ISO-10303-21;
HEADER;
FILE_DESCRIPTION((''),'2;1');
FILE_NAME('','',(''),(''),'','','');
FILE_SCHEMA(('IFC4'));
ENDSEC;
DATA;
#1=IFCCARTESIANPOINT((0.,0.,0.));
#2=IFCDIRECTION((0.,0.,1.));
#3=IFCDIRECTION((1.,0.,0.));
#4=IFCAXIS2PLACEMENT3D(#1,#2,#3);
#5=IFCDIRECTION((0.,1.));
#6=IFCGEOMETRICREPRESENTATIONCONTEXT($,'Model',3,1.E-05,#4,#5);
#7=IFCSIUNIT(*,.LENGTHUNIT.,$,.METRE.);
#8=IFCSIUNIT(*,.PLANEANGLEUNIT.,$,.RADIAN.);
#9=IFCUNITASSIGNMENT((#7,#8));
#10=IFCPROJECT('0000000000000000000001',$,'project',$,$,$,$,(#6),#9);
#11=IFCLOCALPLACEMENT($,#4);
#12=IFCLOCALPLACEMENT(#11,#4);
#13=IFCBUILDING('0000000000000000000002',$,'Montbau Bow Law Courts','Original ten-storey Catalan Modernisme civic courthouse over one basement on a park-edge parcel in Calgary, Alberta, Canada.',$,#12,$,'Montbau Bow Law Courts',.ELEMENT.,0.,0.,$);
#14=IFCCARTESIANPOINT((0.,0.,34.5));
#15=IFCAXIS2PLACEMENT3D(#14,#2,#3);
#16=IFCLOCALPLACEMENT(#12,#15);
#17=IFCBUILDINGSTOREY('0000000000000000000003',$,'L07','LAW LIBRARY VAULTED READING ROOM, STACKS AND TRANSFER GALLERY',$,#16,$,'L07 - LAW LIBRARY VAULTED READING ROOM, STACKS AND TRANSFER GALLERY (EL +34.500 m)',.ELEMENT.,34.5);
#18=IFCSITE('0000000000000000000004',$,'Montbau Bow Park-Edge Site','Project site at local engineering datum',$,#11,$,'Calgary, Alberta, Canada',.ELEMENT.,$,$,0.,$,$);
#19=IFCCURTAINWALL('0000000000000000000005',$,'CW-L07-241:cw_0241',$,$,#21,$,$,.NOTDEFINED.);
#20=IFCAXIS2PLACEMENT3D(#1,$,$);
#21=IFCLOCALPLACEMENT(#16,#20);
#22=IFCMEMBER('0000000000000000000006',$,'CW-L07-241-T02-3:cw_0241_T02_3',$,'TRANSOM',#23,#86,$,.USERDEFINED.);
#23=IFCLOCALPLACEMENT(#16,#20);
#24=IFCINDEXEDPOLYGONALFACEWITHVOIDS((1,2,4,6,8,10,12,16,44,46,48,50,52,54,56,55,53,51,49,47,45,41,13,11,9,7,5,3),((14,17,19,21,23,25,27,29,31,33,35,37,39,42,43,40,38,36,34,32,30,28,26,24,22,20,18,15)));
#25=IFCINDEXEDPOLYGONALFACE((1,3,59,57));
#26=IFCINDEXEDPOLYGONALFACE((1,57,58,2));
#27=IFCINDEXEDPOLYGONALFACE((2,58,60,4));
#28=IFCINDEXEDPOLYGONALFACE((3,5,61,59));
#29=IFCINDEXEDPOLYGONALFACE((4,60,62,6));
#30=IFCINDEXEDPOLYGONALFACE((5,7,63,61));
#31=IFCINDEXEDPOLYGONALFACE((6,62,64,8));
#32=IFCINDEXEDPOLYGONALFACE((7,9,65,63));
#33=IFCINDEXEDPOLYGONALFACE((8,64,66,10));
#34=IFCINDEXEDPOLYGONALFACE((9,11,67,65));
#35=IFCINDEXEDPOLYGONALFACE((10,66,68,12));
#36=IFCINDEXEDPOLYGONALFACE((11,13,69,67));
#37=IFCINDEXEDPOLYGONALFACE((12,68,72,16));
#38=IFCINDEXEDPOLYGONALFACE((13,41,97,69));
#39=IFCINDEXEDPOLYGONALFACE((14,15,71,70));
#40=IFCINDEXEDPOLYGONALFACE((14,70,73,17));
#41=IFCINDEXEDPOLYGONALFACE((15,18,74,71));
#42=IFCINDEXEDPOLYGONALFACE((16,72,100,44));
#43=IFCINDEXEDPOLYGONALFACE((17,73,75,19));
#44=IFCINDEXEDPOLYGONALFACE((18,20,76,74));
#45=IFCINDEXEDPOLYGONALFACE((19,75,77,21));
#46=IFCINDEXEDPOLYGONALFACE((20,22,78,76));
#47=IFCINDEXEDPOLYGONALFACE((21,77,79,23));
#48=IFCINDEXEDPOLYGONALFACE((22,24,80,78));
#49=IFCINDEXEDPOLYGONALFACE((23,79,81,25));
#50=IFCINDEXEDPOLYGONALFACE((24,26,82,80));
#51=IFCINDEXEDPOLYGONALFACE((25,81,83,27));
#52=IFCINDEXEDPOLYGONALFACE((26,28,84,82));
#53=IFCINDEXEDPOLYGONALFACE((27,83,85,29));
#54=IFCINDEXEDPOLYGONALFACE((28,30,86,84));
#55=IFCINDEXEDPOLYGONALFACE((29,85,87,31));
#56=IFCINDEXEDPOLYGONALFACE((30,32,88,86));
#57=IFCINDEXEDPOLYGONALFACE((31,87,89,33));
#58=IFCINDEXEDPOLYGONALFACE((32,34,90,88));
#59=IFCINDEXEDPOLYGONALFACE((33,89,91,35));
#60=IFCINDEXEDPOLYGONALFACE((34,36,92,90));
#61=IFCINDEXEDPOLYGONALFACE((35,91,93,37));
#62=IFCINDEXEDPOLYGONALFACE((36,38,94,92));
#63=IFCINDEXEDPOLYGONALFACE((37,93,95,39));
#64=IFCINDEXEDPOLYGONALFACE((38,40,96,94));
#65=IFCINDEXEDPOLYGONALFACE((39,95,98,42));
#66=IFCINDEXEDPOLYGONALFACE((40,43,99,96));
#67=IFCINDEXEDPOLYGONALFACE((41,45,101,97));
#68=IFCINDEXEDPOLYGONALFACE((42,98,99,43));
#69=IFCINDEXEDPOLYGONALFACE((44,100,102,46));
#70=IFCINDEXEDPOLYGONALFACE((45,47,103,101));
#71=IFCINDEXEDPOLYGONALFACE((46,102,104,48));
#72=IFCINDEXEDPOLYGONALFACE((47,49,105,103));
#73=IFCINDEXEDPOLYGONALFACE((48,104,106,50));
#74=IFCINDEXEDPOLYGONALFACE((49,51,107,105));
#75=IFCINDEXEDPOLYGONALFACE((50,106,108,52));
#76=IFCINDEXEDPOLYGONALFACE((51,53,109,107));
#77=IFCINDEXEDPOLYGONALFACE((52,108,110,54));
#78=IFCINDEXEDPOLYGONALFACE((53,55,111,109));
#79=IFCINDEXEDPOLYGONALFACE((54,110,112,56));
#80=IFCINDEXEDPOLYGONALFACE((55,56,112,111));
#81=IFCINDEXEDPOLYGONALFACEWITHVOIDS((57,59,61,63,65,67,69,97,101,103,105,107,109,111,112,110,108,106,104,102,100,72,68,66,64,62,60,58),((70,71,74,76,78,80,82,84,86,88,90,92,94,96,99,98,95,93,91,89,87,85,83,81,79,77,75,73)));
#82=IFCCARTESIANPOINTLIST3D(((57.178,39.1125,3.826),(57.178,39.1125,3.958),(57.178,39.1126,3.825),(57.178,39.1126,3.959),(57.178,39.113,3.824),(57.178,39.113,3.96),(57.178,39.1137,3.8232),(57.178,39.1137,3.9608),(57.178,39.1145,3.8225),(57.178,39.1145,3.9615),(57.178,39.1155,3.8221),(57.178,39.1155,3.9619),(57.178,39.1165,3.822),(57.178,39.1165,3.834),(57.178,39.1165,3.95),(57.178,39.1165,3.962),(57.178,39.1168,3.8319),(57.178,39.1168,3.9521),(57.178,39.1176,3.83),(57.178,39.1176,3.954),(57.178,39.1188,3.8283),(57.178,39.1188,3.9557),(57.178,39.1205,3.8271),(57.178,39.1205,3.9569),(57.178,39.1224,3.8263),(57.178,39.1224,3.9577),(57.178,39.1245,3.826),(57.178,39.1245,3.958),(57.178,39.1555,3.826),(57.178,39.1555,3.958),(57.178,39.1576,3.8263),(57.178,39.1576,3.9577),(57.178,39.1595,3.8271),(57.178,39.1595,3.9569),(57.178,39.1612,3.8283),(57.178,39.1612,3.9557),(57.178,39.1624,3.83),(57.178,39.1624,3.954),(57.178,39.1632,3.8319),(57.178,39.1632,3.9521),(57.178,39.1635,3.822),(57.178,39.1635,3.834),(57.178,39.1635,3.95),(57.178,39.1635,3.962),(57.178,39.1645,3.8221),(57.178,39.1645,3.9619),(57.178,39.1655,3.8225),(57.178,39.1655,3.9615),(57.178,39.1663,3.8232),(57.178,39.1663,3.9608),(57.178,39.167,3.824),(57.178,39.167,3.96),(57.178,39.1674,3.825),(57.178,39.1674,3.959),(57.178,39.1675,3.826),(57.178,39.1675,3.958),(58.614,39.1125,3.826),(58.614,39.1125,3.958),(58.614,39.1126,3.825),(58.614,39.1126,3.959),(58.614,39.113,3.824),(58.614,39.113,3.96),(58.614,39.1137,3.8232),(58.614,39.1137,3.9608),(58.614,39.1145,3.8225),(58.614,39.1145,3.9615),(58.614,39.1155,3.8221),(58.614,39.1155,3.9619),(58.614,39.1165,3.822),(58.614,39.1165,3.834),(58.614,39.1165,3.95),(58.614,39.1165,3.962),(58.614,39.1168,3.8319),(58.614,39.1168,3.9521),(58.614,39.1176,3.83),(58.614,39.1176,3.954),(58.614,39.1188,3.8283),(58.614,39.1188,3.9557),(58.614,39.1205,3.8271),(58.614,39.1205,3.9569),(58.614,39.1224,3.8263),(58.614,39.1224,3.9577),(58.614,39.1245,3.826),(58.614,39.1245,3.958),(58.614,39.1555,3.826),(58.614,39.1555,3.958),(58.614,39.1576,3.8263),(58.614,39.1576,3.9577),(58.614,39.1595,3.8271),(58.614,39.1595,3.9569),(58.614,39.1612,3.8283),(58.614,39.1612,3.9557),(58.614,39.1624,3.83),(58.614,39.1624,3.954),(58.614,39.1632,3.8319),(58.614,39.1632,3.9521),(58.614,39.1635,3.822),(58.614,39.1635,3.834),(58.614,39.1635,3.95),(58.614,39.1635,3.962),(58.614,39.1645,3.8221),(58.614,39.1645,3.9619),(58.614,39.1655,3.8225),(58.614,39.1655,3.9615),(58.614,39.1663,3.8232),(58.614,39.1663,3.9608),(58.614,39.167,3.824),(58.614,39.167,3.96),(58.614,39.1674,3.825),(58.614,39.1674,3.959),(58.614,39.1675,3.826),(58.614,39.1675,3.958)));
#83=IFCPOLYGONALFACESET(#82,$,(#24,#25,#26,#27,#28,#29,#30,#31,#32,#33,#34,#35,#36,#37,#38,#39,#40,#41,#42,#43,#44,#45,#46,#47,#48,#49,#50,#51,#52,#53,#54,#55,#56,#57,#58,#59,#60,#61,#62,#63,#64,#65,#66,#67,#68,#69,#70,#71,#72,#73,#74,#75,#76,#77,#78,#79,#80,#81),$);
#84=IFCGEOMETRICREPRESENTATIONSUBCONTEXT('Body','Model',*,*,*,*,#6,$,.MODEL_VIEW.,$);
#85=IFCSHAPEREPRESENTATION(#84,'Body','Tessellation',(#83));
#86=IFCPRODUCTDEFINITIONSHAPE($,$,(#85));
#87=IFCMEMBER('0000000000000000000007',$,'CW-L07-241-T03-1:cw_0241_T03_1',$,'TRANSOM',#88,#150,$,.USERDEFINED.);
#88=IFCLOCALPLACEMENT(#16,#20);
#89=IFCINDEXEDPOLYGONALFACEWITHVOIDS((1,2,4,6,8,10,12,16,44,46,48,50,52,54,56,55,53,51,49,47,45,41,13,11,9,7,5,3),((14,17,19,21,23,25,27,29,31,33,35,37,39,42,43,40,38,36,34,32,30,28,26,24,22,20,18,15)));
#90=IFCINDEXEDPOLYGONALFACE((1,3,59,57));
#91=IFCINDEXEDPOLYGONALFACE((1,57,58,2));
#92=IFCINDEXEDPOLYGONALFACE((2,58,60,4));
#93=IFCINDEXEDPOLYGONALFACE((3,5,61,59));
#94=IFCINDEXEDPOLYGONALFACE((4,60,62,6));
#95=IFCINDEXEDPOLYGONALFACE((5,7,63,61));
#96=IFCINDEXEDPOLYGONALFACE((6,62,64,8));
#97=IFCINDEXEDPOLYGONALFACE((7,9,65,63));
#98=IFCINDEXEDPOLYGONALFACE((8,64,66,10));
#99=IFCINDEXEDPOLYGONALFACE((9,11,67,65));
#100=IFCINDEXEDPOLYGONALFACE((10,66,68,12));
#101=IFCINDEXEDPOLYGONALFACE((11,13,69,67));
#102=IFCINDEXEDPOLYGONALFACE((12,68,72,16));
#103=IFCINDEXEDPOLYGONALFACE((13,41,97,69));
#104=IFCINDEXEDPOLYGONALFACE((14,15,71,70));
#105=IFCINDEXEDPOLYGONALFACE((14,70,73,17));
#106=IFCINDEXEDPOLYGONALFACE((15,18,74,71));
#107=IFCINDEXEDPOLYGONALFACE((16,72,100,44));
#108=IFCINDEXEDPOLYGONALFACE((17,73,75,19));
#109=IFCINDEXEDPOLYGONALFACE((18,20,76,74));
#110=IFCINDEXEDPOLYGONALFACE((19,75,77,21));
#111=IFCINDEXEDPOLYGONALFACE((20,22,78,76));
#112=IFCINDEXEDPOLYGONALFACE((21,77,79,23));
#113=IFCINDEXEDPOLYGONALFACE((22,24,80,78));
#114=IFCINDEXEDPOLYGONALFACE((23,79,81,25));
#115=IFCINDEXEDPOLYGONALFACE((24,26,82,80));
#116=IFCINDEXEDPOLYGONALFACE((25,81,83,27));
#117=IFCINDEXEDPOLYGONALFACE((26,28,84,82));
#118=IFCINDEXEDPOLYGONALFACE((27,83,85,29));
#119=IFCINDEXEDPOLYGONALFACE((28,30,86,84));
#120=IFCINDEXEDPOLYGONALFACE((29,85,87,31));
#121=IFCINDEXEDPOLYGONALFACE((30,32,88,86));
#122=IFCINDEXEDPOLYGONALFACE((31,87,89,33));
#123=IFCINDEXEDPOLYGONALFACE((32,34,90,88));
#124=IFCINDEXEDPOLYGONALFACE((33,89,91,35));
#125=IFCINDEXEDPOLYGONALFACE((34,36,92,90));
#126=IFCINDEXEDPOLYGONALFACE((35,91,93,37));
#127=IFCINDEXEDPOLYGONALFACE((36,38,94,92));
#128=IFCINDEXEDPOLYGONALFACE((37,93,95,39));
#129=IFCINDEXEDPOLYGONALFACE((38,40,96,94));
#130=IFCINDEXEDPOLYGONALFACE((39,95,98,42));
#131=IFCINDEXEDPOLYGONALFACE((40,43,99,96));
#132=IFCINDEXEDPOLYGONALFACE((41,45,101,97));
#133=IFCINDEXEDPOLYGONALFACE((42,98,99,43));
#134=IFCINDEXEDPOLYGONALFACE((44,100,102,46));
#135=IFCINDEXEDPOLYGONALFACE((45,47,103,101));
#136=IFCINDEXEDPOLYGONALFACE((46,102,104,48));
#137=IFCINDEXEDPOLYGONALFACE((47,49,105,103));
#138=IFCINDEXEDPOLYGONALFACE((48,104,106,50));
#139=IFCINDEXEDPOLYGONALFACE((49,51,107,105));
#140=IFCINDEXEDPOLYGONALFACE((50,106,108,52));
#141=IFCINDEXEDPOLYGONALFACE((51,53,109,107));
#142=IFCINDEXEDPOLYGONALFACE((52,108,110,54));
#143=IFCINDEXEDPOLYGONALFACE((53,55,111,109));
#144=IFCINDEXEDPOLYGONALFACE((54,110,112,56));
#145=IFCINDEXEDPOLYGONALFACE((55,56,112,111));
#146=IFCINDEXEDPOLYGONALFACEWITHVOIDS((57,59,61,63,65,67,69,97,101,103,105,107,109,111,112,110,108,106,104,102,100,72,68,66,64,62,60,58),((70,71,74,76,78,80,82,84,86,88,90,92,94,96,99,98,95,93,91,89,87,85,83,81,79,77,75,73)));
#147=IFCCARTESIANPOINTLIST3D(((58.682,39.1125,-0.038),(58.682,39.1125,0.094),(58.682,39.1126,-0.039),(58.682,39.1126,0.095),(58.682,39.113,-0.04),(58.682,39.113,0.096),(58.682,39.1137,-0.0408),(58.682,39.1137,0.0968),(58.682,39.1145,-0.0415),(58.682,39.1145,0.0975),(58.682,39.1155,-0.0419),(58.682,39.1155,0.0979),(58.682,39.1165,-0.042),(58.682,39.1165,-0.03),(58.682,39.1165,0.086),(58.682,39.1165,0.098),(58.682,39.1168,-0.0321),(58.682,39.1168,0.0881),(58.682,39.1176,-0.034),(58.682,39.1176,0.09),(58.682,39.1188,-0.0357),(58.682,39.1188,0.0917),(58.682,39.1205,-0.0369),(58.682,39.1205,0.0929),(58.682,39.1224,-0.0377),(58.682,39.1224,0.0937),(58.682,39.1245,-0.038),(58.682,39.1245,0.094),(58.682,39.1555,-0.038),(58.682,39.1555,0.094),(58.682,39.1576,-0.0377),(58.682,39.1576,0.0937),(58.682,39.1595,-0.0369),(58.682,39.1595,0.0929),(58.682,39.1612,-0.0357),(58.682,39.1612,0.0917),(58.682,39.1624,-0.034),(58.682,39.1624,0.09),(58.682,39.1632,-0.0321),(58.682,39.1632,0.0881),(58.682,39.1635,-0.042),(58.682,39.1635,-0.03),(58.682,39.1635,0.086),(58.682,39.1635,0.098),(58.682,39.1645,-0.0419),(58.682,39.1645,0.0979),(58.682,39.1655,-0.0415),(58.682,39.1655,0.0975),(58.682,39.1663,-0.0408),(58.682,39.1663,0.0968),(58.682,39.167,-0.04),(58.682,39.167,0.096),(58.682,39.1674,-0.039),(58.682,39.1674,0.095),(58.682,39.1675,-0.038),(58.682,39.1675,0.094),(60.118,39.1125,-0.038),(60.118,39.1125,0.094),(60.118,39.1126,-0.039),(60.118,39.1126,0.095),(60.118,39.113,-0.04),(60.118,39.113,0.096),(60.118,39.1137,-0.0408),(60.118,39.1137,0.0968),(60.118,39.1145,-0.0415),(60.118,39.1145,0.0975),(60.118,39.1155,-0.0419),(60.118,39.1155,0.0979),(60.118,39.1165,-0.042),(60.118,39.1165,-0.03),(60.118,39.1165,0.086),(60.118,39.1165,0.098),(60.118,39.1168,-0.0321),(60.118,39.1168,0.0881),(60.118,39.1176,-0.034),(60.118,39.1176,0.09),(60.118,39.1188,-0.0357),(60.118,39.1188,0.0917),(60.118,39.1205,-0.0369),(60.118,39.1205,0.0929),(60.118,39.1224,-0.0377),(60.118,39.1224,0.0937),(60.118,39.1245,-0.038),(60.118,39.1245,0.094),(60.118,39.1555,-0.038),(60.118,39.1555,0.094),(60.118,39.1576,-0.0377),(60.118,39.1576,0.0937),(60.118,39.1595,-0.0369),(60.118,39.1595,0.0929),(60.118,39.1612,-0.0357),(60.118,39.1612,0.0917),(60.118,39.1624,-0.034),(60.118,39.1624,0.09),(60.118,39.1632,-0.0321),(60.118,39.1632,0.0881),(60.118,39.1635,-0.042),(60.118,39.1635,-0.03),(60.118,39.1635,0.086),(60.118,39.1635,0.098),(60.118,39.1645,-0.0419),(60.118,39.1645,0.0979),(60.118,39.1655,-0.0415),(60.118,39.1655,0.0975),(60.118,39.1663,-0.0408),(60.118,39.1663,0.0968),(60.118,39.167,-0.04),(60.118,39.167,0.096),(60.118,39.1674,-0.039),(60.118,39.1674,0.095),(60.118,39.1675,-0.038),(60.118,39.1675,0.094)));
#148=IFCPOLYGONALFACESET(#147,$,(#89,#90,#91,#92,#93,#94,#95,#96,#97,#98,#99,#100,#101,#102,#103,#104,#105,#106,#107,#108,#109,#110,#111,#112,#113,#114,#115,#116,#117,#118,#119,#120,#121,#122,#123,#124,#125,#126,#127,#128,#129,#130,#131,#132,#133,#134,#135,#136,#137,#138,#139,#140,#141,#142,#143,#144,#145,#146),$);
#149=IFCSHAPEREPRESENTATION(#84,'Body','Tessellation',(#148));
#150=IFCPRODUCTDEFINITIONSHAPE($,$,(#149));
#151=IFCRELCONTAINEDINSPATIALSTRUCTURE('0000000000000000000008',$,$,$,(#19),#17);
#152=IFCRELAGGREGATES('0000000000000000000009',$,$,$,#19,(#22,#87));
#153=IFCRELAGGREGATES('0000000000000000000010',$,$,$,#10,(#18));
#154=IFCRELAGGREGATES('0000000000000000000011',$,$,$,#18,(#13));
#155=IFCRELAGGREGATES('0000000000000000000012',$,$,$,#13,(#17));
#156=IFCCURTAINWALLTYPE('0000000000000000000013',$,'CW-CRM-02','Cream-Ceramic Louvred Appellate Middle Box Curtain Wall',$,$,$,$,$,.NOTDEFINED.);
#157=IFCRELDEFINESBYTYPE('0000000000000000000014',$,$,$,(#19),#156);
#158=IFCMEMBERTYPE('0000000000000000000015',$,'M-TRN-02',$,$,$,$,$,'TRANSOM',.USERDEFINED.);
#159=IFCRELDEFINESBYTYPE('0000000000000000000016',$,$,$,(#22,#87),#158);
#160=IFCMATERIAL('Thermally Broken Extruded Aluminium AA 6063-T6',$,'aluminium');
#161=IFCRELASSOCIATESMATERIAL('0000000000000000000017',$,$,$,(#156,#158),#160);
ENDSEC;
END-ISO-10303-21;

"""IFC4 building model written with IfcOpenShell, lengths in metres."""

from ifc_helpers import new_model, si_unit, direction, frame, origin_with_axes, origin_2d_with_axis, place, context, subcontext, project, spatial, hollow_rectangle, extrude, material, material_profile, profile_set, type_object, element, aggregate, save


model = new_model("IFC4")

# Units and contexts
model_context = context("Model", 3, precision=1e-05, world=origin_with_axes(), true_north=direction((0.0, 1.0)))
body_context = subcontext(model_context, "Body", "Model", "MODEL_VIEW")
ifc_project = project(units=[si_unit("LENGTHUNIT", "METRE"), si_unit("PLANEANGLEUNIT", "RADIAN")], contexts=[model_context])

# Site, building, storey
site_placement = place(None, origin_with_axes())
site = spatial("IfcSite", under=ifc_project, at=site_placement, Name="Montbau Bow Park-Edge Site", Description="Project site at local engineering datum", LongName="Calgary, Alberta, Canada", CompositionType="ELEMENT", RefElevation=0.0)
building_placement = place(site_placement, origin_with_axes())
building = spatial("IfcBuilding", under=site, at=building_placement, Name="Montbau Bow Law Courts", Description="Original ten-storey Catalan Modernisme civic courthouse over one basement on a park-edge parcel in Calgary, Alberta, Canada.", LongName="Montbau Bow Law Courts", CompositionType="ELEMENT", ElevationOfRefHeight=0.0, ElevationOfTerrain=0.0)
storey_placement = place(building_placement, frame((0.0, 0.0, 34.5), z_axis=(0.0, 0.0, 1.0), x_axis=(1.0, 0.0, 0.0)))
storey = spatial("IfcBuildingStorey", under=building, at=storey_placement, Name="L07", Description="LAW LIBRARY VAULTED READING ROOM, STACKS AND TRANSFER GALLERY", LongName="L07 - LAW LIBRARY VAULTED READING ROOM, STACKS AND TRANSFER GALLERY (EL +34.500 m)", CompositionType="ELEMENT", Elevation=34.5)

# Curtain wall, members
ifc_material_1 = material(Name="Thermally Broken Extruded Aluminium AA 6063-T6", Category="aluminium")
curtain_wall_type = type_object("IfcCurtainWallType", Name="CW-CRM-02", Description="Cream-Ceramic Louvred Appellate Middle Box Curtain Wall", PredefinedType="NOTDEFINED", material=ifc_material_1)
curtain_wall_placement = place(None, frame((55.64, 39.14, 34.5), z_axis=(0.0, 0.0, 1.0), x_axis=(1.0, 0.0, 0.0)))
curtain_wall = element("IfcCurtainWall", 1, at=curtain_wall_placement, inside=storey, type_object=curtain_wall_type, Name="CW-L07-241:cw_0241", PredefinedType="NOTDEFINED")
ifc_material_profile_1 = material_profile(ifc_material_1, hollow_rectangle(XDim=0.055, YDim=0.14, WallThickness=0.004, InnerFilletRadius=0.008, OuterFilletRadius=0.004, at=origin_2d_with_axis()), Name="CWT-140X55", Category="Main", Priority=0)
ifc_profile_set_1 = profile_set([ifc_material_profile_1], Name="Thermally Broken Extruded Aluminium AA 6063-T6")
member_type_1 = type_object("IfcMemberType", Name="M-TRN-02", ElementType="TRANSOM", PredefinedType="USERDEFINED", material=ifc_profile_set_1)
member_1_placement = place(None, frame((57.178, 39.14, 38.392), z_axis=(1.0, 0.0, 0.0), x_axis=(0.0, 1.0, 0.0)))
member_1 = element("IfcMember", 2, at=member_1_placement, type_object=member_type_1, Name="CW-L07-241-T02-3:cw_0241_T02_3", ObjectType="TRANSOM", PredefinedType="USERDEFINED", context=body_context, shape_type="SweptSolid", body=[
    extrude(hollow_rectangle(XDim=0.055, YDim=0.14, WallThickness=0.004, InnerFilletRadius=0.008, OuterFilletRadius=0.004, at=origin_2d_with_axis()), origin_with_axes(), (0.0, 0.0, 1.0), 1.436),
])
member_2_placement = place(None, frame((58.682, 39.14, 34.528), z_axis=(1.0, 0.0, 0.0), x_axis=(0.0, 1.0, 0.0)))
member_2 = element("IfcMember", 3, at=member_2_placement, type_object=member_type_1, Name="CW-L07-241-T03-1:cw_0241_T03_1", ObjectType="TRANSOM", PredefinedType="USERDEFINED", context=body_context, shape_type="SweptSolid", body=[
    extrude(hollow_rectangle(XDim=0.055, YDim=0.14, WallThickness=0.004, InnerFilletRadius=0.008, OuterFilletRadius=0.004, at=origin_2d_with_axis()), origin_with_axes(), (0.0, 0.0, 1.0), 1.436),
])
aggregate(curtain_wall, [member_1, member_2])

save(model, "model.ifc")
